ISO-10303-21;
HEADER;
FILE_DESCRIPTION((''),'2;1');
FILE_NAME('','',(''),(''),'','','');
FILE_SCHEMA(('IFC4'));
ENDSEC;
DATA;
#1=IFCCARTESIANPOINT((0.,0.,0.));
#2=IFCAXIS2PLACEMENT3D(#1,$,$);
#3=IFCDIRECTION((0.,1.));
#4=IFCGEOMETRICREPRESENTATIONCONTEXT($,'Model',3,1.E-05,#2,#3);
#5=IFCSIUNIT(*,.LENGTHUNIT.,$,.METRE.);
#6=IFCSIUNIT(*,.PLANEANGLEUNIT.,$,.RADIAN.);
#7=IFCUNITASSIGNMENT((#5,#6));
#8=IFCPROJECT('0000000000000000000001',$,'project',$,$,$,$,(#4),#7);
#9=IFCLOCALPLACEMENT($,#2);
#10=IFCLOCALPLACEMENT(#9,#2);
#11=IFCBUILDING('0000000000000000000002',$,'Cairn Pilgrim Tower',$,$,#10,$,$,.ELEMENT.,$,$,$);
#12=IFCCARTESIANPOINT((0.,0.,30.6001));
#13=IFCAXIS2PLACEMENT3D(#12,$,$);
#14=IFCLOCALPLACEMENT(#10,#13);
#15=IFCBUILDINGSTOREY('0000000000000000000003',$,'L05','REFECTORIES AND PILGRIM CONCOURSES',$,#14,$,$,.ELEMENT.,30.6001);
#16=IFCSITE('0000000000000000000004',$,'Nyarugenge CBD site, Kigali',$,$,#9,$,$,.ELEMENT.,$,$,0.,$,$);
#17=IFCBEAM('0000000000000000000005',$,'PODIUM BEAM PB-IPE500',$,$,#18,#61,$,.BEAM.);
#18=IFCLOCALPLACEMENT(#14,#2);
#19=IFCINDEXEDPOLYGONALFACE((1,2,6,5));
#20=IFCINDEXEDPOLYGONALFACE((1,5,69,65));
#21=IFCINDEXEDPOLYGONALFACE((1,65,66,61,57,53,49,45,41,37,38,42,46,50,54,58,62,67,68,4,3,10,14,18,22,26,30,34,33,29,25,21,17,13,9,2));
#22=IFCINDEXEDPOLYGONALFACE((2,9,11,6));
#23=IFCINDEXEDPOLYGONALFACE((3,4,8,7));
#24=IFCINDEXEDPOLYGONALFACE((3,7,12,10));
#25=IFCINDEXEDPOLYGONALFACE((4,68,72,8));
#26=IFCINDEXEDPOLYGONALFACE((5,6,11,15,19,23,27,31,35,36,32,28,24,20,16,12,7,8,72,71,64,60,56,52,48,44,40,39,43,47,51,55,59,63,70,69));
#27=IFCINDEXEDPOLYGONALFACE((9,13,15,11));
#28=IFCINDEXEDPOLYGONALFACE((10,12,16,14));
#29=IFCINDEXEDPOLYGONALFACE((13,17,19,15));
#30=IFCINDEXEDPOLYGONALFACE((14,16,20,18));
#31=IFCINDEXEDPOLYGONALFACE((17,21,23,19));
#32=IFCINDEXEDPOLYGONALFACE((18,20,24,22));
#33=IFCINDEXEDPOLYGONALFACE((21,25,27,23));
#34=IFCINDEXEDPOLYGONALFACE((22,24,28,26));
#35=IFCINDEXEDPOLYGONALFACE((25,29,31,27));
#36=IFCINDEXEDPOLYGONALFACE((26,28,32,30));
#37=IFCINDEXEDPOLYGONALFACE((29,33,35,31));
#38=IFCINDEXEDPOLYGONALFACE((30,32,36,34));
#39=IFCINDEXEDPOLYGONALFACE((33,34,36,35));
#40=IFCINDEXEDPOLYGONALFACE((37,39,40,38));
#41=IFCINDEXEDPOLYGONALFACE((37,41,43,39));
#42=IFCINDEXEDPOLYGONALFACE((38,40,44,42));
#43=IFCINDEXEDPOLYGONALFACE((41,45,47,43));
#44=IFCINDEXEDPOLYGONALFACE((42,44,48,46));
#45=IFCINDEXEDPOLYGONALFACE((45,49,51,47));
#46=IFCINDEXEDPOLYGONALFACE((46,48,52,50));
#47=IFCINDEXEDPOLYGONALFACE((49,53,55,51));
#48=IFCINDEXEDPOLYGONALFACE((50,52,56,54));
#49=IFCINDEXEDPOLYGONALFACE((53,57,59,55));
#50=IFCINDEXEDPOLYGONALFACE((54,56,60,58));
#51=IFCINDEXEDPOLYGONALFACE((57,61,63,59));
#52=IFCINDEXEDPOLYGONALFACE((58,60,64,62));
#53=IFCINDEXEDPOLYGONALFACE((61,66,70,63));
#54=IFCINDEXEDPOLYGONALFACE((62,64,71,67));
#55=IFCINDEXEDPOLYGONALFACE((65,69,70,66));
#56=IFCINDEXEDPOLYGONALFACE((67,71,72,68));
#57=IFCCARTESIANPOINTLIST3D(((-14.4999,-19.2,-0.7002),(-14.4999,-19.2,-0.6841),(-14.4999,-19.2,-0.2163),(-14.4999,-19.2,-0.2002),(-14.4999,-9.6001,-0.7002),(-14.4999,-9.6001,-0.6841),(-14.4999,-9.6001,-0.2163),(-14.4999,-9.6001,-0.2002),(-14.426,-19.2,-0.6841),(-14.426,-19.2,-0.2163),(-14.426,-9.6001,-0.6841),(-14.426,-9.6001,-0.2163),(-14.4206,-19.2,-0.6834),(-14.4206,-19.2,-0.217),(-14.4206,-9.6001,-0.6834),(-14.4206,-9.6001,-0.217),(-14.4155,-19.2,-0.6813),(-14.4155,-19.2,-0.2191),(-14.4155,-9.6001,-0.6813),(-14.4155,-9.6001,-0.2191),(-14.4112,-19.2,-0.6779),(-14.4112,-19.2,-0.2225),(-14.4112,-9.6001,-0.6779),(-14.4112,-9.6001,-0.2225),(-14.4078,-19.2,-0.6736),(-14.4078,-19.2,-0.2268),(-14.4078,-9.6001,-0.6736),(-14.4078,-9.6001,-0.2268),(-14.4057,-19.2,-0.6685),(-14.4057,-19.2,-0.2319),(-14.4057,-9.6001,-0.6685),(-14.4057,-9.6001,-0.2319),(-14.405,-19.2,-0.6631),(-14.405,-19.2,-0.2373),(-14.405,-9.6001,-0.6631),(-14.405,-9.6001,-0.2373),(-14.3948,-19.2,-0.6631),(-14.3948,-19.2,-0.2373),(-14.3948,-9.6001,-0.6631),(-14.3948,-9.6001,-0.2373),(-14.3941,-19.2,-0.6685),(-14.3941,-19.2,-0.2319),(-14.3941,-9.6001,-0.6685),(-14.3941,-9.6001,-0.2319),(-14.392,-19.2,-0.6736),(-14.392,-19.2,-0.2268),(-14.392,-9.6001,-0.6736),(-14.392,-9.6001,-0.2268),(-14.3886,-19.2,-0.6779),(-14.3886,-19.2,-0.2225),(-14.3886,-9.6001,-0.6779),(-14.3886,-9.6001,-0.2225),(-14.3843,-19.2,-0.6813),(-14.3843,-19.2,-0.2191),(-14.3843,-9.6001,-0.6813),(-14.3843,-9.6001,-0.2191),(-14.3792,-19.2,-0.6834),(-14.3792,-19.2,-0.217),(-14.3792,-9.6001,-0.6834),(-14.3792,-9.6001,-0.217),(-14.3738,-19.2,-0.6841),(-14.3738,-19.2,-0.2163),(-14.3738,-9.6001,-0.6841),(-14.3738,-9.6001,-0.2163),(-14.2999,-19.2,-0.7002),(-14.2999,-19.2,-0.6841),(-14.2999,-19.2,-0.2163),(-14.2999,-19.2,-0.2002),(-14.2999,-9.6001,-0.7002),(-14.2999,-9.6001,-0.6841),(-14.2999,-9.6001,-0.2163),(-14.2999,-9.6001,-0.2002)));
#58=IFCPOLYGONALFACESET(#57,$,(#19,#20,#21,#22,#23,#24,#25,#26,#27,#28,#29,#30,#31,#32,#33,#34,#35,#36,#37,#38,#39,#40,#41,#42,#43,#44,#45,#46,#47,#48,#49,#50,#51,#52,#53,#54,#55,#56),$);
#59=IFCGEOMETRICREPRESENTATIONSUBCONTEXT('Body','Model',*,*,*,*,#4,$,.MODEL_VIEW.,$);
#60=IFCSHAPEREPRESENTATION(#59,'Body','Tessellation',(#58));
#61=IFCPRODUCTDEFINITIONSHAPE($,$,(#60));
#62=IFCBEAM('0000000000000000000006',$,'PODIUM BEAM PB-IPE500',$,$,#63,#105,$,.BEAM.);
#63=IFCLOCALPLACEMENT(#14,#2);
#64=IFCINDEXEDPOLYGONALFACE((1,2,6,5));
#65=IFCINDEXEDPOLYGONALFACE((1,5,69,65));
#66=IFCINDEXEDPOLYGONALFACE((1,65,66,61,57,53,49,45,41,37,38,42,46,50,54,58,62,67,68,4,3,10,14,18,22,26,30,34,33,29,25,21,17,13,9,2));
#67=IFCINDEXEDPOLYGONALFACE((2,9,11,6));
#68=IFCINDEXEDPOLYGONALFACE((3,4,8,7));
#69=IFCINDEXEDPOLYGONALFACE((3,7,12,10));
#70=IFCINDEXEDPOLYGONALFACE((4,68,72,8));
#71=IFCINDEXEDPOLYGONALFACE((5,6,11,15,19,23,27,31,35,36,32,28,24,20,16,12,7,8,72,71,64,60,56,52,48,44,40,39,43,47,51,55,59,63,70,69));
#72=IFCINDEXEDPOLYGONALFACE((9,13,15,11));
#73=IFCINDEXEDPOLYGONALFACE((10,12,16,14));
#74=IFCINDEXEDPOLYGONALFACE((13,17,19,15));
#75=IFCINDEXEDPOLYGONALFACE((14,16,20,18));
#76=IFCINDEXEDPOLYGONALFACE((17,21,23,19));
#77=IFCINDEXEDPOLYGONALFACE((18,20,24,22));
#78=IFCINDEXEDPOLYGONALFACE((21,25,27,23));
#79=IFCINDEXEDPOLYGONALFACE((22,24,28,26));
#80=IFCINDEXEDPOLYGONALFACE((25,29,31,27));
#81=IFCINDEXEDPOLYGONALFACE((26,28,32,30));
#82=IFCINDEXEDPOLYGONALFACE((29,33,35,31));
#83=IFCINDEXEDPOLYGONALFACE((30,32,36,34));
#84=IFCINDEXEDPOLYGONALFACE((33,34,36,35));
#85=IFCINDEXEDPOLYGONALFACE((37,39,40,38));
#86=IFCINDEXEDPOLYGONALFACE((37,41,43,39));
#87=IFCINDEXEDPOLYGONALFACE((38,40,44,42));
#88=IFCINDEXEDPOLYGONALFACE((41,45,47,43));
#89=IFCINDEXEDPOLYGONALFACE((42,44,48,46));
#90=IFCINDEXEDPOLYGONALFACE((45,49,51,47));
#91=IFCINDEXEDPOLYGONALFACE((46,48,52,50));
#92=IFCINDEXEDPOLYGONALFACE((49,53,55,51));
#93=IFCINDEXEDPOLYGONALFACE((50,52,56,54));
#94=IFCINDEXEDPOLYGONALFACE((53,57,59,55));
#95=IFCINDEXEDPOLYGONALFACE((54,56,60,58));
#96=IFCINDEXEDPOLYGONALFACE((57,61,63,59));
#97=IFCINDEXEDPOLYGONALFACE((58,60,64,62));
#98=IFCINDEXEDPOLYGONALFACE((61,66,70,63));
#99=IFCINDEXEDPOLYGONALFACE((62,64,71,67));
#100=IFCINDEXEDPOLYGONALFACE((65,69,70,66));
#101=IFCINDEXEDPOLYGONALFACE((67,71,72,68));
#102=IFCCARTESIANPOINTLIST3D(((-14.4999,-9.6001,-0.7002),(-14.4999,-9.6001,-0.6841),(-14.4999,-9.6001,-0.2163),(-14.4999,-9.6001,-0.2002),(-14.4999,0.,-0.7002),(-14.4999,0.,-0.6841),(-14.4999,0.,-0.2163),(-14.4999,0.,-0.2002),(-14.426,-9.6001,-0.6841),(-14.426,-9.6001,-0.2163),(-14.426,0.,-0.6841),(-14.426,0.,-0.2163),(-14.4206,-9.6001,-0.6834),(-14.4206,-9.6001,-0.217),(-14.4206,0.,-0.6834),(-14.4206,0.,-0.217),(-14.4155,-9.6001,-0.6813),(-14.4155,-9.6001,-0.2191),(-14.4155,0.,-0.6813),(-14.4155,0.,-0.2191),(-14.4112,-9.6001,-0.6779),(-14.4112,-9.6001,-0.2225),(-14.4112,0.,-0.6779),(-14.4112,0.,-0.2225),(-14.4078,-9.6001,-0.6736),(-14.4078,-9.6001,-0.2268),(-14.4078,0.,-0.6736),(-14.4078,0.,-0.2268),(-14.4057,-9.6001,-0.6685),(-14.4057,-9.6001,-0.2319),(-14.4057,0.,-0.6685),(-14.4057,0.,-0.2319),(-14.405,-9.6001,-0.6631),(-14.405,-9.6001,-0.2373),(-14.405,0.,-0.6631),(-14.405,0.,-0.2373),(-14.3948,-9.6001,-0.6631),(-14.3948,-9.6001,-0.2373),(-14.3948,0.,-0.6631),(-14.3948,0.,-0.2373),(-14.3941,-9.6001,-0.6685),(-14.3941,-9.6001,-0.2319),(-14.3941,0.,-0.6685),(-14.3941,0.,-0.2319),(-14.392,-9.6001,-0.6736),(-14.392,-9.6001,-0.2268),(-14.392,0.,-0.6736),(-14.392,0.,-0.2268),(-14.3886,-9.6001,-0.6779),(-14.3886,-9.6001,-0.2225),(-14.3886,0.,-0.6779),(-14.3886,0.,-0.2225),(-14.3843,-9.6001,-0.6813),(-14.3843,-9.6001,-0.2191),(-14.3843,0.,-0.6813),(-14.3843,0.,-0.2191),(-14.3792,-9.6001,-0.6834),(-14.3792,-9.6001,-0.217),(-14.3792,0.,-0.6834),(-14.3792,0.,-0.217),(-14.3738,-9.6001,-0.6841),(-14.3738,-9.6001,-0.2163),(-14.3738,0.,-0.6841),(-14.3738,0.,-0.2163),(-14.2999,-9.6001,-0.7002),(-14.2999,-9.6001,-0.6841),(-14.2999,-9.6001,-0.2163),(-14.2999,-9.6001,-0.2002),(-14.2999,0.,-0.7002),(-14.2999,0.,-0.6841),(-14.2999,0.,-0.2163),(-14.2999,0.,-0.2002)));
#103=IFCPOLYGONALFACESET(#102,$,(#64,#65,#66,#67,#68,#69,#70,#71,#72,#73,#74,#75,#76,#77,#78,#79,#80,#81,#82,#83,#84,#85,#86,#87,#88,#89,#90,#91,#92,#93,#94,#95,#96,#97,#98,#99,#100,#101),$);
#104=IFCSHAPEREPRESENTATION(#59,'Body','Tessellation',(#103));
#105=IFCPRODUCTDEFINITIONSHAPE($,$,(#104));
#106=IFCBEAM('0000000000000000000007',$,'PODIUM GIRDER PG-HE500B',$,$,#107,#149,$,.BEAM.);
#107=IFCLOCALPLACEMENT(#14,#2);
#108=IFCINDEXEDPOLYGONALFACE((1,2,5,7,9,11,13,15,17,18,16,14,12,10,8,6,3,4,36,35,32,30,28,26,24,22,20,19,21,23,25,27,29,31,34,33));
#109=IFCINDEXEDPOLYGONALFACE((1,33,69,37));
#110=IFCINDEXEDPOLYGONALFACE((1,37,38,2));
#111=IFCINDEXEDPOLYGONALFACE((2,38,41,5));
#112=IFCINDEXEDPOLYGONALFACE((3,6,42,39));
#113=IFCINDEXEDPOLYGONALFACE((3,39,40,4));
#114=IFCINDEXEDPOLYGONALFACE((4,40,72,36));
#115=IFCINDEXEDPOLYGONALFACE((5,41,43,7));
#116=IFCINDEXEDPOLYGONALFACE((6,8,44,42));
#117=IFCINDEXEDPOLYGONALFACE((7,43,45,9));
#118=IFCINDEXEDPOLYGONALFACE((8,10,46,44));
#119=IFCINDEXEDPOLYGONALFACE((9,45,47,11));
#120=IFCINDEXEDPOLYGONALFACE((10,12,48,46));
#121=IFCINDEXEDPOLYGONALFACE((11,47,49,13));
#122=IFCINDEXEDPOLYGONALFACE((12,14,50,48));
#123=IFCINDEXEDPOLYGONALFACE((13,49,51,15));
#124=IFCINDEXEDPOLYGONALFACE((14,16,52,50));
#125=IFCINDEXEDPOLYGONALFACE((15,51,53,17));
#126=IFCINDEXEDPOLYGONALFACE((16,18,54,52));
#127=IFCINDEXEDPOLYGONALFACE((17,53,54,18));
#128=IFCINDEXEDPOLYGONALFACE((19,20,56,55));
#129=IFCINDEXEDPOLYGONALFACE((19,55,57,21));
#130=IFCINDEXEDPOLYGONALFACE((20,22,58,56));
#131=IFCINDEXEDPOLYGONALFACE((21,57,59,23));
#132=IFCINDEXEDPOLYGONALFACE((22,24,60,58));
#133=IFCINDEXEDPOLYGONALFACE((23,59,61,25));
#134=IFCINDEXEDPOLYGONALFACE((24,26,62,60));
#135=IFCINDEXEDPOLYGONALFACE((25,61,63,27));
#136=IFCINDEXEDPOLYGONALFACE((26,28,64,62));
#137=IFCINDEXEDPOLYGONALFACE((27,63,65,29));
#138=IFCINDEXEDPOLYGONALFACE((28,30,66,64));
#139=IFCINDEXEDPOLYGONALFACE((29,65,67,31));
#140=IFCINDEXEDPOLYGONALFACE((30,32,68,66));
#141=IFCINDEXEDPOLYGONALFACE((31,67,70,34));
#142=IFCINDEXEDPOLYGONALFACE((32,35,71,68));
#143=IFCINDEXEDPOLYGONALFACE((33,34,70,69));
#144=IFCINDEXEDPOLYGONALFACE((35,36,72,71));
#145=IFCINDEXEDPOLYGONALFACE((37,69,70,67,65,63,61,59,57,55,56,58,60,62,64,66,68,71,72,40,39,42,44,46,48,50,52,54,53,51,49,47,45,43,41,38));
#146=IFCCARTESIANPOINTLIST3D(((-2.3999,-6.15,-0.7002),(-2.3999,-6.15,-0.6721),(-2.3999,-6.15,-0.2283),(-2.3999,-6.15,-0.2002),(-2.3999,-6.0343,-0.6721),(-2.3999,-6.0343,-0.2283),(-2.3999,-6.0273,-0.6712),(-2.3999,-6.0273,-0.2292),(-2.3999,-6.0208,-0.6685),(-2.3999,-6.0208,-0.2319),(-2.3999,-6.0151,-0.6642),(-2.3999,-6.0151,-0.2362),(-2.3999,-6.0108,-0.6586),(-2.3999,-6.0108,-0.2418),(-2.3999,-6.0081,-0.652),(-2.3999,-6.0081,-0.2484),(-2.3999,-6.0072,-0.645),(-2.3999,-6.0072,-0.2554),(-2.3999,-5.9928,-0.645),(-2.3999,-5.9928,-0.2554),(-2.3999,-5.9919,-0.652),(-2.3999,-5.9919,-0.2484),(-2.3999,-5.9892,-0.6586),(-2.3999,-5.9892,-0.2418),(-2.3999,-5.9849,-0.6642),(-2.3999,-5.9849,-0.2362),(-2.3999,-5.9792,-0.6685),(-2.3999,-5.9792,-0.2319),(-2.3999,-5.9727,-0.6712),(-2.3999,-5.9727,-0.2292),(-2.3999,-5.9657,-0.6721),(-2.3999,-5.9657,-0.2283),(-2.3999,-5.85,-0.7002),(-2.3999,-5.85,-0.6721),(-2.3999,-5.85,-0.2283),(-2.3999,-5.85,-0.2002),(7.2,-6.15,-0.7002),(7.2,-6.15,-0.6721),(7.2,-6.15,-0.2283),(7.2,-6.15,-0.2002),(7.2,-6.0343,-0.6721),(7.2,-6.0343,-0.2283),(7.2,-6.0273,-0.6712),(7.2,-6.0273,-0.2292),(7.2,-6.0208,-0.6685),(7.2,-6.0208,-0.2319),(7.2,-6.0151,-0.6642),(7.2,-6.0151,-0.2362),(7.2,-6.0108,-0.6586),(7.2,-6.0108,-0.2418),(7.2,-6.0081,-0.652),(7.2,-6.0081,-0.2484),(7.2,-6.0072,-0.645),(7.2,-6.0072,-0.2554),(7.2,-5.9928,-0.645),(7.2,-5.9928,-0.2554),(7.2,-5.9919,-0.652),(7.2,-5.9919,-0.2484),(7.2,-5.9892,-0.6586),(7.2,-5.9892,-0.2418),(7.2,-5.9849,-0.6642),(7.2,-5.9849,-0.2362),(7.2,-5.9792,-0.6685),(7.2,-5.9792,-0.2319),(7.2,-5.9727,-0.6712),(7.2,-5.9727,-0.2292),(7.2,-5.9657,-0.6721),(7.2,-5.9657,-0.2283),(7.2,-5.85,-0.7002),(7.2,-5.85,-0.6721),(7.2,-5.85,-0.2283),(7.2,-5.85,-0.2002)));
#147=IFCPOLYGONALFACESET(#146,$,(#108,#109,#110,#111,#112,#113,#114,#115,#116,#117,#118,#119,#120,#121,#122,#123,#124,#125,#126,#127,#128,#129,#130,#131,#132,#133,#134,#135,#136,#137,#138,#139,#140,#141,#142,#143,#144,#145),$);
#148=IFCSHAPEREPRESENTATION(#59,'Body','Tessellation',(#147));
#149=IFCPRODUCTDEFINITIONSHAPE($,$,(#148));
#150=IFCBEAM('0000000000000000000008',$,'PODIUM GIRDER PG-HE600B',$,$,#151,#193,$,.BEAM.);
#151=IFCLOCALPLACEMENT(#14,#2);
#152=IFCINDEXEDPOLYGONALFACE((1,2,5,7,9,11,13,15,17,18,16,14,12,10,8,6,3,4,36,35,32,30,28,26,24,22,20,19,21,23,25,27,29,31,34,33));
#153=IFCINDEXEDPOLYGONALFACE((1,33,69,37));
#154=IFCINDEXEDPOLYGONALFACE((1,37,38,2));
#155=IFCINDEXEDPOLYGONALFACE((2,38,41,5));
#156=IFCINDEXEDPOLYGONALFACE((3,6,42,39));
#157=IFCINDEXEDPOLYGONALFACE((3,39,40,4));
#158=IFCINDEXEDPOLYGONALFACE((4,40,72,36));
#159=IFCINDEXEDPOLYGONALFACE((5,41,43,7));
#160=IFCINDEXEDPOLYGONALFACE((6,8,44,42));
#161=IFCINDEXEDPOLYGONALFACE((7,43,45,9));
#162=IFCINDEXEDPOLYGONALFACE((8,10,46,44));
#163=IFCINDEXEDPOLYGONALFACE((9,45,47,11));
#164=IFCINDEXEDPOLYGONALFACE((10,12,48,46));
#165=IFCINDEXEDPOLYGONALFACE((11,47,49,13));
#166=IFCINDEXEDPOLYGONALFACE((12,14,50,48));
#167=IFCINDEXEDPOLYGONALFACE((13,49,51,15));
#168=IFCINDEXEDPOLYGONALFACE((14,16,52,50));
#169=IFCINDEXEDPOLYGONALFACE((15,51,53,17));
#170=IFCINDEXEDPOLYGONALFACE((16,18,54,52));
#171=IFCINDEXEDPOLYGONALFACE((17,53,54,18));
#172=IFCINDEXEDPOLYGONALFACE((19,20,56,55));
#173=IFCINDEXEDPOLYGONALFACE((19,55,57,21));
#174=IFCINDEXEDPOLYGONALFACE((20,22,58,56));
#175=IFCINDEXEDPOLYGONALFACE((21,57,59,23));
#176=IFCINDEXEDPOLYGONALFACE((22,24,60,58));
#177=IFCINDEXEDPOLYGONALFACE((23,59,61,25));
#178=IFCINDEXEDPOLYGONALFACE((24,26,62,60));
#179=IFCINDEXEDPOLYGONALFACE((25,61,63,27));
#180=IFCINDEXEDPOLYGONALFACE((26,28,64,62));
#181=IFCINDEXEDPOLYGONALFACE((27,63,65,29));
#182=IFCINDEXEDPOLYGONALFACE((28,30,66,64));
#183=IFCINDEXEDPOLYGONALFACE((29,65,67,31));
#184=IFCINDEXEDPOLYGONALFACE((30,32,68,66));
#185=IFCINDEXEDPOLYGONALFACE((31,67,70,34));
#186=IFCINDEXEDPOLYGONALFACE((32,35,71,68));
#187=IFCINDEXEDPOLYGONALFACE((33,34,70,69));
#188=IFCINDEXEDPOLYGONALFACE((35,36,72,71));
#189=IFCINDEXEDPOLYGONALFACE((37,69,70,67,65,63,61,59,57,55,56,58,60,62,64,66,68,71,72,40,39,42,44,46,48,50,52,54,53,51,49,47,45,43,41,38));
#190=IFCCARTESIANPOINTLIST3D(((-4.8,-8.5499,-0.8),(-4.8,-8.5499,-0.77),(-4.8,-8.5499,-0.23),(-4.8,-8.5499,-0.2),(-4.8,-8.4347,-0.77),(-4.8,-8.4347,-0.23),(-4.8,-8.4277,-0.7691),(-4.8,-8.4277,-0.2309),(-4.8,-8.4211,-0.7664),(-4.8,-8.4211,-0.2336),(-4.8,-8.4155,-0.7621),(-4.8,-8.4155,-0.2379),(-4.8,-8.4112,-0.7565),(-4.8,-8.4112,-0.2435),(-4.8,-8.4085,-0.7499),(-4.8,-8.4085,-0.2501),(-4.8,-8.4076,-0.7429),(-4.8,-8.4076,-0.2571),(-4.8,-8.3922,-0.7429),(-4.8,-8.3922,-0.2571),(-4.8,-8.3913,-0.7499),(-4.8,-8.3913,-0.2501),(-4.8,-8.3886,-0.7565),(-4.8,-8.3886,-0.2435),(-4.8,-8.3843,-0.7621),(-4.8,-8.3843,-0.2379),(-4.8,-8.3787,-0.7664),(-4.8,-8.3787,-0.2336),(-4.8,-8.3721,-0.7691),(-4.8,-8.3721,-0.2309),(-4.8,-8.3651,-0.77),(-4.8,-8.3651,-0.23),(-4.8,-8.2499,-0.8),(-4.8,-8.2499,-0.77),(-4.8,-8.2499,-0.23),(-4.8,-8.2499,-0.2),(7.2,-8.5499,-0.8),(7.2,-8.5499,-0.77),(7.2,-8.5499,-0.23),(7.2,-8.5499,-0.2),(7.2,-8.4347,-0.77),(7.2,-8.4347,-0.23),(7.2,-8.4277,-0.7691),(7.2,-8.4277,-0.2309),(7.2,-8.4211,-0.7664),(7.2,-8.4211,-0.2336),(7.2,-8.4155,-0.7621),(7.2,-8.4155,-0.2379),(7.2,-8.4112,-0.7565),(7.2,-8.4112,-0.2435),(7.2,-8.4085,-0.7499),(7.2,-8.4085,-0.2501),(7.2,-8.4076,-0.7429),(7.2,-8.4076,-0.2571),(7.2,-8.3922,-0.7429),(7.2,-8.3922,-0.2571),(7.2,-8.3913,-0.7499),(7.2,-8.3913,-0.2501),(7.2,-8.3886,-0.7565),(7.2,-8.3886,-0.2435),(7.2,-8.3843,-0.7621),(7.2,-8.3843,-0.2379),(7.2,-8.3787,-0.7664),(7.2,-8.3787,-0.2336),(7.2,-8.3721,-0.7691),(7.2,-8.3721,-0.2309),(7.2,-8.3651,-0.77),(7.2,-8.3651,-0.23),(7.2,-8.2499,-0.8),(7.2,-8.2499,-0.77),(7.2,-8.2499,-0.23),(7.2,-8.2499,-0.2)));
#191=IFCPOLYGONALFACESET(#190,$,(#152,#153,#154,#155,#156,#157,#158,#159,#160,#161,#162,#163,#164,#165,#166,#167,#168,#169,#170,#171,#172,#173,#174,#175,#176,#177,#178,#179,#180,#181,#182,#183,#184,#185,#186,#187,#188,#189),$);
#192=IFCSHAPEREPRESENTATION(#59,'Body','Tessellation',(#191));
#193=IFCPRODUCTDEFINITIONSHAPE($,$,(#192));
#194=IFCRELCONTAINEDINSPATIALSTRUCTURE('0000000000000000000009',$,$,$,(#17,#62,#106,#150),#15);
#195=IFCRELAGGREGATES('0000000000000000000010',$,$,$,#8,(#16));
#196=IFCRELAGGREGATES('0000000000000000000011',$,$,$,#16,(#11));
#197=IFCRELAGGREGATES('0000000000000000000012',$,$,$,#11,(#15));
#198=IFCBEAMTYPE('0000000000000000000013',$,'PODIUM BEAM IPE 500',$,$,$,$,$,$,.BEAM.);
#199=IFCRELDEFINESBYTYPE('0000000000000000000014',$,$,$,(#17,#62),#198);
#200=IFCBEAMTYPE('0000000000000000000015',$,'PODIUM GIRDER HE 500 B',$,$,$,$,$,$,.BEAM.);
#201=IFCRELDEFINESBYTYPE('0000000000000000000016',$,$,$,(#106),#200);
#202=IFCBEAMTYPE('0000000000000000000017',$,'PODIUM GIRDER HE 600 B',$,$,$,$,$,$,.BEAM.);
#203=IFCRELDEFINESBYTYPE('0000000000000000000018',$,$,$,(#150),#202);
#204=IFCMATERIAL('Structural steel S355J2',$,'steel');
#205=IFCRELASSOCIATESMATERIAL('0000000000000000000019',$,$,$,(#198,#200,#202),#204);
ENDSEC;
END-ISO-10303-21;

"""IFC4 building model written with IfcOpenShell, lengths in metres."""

from ifc_helpers import new_model, si_unit, direction, frame, origin, origin_2d, place, context, subcontext, project, spatial, i_section, extrude, material, material_profile, profile_set, type_object, element, save


model = new_model("IFC4")

# Units and contexts
model_context = context("Model", 3, precision=1e-05, world=origin(), true_north=direction((0.0, 1.0)))
body_context = subcontext(model_context, "Body", "Model", "MODEL_VIEW")
ifc_project = project(units=[si_unit("LENGTHUNIT", "METRE"), si_unit("PLANEANGLEUNIT", "RADIAN")], contexts=[model_context])

# Site, building, storey
site_placement = place(None, origin())
site = spatial("IfcSite", under=ifc_project, at=site_placement, Name="Nyarugenge CBD site, Kigali", CompositionType="ELEMENT", RefElevation=0.0)
building_placement = place(site_placement, origin())
building = spatial("IfcBuilding", under=site, at=building_placement, Name="Cairn Pilgrim Tower", CompositionType="ELEMENT")
storey_placement = place(building_placement, frame((0.0, 0.0, 30.6001)))
storey = spatial("IfcBuildingStorey", under=building, at=storey_placement, Name="L05", Description="REFECTORIES AND PILGRIM CONCOURSES", CompositionType="ELEMENT", Elevation=30.6001)

# Beams
ifc_material_1 = material(Name="Structural steel S355J2", Category="steel")
ifc_material_profile_1 = material_profile(ifc_material_1, i_section(OverallWidth=0.2, OverallDepth=0.5, WebThickness=0.0103, FlangeThickness=0.0161, FilletRadius=0.021, at=origin_2d()), Name="IPE 500")
ifc_profile_set_1 = profile_set([ifc_material_profile_1], Name="Structural steel S355J2")
beam_type_1 = type_object("IfcBeamType", Name="PODIUM BEAM IPE 500", PredefinedType="BEAM", material=ifc_profile_set_1)
beam_1_placement = place(storey_placement, frame((-14.3999, -19.2, -0.4502), z_axis=(0.0, 1.0, 0.0), x_axis=(-1.0, 0.0, 0.0)))
element("IfcBeam", 1, at=beam_1_placement, inside=storey, type_object=beam_type_1, Name="PODIUM BEAM PB-IPE500", PredefinedType="BEAM", context=body_context, shape_type="SweptSolid", body=[
    extrude(i_section(OverallWidth=0.2, OverallDepth=0.5, WebThickness=0.0103, FlangeThickness=0.0161, FilletRadius=0.021, at=origin_2d()), origin(), (0.0, 0.0, 1.0), 9.5999),
])
beam_2_placement = place(storey_placement, frame((-14.3999, -9.6001, -0.4502), z_axis=(0.0, 1.0, 0.0), x_axis=(-1.0, 0.0, 0.0)))
element("IfcBeam", 2, at=beam_2_placement, inside=storey, type_object=beam_type_1, Name="PODIUM BEAM PB-IPE500", PredefinedType="BEAM", context=body_context, shape_type="SweptSolid", body=[
    extrude(i_section(OverallWidth=0.2, OverallDepth=0.5, WebThickness=0.0103, FlangeThickness=0.0161, FilletRadius=0.021, at=origin_2d()), origin(), (0.0, 0.0, 1.0), 9.6001),
])
ifc_material_profile_2 = material_profile(ifc_material_1, i_section(OverallWidth=0.3, OverallDepth=0.5, WebThickness=0.0144, FlangeThickness=0.0281, FilletRadius=0.0271, at=origin_2d()), Name="HEB 500")
ifc_profile_set_2 = profile_set([ifc_material_profile_2], Name="Structural steel S355J2")
beam_type_2 = type_object("IfcBeamType", Name="PODIUM GIRDER HE 500 B", PredefinedType="BEAM", material=ifc_profile_set_2)
beam_3_placement = place(storey_placement, frame((-2.3999, -6.0, -0.4502), z_axis=(1.0, 0.0, 0.0), x_axis=(0.0, 1.0, 0.0)))
element("IfcBeam", 3, at=beam_3_placement, inside=storey, type_object=beam_type_2, Name="PODIUM GIRDER PG-HE500B", PredefinedType="BEAM", context=body_context, shape_type="SweptSolid", body=[
    extrude(i_section(OverallWidth=0.3, OverallDepth=0.5, WebThickness=0.0144, FlangeThickness=0.0281, FilletRadius=0.0271, at=origin_2d()), origin(), (0.0, 0.0, 1.0), 9.5999),
])
ifc_material_profile_3 = material_profile(ifc_material_1, i_section(OverallWidth=0.3, OverallDepth=0.6001, WebThickness=0.0154, FlangeThickness=0.03, FilletRadius=0.0271, at=origin_2d()), Name="HEB 600")
ifc_profile_set_3 = profile_set([ifc_material_profile_3], Name="Structural steel S355J2")
beam_type_3 = type_object("IfcBeamType", Name="PODIUM GIRDER HE 600 B", PredefinedType="BEAM", material=ifc_profile_set_3)
beam_4_placement = place(storey_placement, frame((-4.8, -8.3999, -0.5), z_axis=(1.0, 0.0, 0.0), x_axis=(0.0, 1.0, 0.0)))
element("IfcBeam", 4, at=beam_4_placement, inside=storey, type_object=beam_type_3, Name="PODIUM GIRDER PG-HE600B", PredefinedType="BEAM", context=body_context, shape_type="SweptSolid", body=[
    extrude(i_section(OverallWidth=0.3, OverallDepth=0.6001, WebThickness=0.0154, FlangeThickness=0.03, FilletRadius=0.0271, at=origin_2d()), origin(), (0.0, 0.0, 1.0), 12.0),
])

save(model, "model.ifc")
